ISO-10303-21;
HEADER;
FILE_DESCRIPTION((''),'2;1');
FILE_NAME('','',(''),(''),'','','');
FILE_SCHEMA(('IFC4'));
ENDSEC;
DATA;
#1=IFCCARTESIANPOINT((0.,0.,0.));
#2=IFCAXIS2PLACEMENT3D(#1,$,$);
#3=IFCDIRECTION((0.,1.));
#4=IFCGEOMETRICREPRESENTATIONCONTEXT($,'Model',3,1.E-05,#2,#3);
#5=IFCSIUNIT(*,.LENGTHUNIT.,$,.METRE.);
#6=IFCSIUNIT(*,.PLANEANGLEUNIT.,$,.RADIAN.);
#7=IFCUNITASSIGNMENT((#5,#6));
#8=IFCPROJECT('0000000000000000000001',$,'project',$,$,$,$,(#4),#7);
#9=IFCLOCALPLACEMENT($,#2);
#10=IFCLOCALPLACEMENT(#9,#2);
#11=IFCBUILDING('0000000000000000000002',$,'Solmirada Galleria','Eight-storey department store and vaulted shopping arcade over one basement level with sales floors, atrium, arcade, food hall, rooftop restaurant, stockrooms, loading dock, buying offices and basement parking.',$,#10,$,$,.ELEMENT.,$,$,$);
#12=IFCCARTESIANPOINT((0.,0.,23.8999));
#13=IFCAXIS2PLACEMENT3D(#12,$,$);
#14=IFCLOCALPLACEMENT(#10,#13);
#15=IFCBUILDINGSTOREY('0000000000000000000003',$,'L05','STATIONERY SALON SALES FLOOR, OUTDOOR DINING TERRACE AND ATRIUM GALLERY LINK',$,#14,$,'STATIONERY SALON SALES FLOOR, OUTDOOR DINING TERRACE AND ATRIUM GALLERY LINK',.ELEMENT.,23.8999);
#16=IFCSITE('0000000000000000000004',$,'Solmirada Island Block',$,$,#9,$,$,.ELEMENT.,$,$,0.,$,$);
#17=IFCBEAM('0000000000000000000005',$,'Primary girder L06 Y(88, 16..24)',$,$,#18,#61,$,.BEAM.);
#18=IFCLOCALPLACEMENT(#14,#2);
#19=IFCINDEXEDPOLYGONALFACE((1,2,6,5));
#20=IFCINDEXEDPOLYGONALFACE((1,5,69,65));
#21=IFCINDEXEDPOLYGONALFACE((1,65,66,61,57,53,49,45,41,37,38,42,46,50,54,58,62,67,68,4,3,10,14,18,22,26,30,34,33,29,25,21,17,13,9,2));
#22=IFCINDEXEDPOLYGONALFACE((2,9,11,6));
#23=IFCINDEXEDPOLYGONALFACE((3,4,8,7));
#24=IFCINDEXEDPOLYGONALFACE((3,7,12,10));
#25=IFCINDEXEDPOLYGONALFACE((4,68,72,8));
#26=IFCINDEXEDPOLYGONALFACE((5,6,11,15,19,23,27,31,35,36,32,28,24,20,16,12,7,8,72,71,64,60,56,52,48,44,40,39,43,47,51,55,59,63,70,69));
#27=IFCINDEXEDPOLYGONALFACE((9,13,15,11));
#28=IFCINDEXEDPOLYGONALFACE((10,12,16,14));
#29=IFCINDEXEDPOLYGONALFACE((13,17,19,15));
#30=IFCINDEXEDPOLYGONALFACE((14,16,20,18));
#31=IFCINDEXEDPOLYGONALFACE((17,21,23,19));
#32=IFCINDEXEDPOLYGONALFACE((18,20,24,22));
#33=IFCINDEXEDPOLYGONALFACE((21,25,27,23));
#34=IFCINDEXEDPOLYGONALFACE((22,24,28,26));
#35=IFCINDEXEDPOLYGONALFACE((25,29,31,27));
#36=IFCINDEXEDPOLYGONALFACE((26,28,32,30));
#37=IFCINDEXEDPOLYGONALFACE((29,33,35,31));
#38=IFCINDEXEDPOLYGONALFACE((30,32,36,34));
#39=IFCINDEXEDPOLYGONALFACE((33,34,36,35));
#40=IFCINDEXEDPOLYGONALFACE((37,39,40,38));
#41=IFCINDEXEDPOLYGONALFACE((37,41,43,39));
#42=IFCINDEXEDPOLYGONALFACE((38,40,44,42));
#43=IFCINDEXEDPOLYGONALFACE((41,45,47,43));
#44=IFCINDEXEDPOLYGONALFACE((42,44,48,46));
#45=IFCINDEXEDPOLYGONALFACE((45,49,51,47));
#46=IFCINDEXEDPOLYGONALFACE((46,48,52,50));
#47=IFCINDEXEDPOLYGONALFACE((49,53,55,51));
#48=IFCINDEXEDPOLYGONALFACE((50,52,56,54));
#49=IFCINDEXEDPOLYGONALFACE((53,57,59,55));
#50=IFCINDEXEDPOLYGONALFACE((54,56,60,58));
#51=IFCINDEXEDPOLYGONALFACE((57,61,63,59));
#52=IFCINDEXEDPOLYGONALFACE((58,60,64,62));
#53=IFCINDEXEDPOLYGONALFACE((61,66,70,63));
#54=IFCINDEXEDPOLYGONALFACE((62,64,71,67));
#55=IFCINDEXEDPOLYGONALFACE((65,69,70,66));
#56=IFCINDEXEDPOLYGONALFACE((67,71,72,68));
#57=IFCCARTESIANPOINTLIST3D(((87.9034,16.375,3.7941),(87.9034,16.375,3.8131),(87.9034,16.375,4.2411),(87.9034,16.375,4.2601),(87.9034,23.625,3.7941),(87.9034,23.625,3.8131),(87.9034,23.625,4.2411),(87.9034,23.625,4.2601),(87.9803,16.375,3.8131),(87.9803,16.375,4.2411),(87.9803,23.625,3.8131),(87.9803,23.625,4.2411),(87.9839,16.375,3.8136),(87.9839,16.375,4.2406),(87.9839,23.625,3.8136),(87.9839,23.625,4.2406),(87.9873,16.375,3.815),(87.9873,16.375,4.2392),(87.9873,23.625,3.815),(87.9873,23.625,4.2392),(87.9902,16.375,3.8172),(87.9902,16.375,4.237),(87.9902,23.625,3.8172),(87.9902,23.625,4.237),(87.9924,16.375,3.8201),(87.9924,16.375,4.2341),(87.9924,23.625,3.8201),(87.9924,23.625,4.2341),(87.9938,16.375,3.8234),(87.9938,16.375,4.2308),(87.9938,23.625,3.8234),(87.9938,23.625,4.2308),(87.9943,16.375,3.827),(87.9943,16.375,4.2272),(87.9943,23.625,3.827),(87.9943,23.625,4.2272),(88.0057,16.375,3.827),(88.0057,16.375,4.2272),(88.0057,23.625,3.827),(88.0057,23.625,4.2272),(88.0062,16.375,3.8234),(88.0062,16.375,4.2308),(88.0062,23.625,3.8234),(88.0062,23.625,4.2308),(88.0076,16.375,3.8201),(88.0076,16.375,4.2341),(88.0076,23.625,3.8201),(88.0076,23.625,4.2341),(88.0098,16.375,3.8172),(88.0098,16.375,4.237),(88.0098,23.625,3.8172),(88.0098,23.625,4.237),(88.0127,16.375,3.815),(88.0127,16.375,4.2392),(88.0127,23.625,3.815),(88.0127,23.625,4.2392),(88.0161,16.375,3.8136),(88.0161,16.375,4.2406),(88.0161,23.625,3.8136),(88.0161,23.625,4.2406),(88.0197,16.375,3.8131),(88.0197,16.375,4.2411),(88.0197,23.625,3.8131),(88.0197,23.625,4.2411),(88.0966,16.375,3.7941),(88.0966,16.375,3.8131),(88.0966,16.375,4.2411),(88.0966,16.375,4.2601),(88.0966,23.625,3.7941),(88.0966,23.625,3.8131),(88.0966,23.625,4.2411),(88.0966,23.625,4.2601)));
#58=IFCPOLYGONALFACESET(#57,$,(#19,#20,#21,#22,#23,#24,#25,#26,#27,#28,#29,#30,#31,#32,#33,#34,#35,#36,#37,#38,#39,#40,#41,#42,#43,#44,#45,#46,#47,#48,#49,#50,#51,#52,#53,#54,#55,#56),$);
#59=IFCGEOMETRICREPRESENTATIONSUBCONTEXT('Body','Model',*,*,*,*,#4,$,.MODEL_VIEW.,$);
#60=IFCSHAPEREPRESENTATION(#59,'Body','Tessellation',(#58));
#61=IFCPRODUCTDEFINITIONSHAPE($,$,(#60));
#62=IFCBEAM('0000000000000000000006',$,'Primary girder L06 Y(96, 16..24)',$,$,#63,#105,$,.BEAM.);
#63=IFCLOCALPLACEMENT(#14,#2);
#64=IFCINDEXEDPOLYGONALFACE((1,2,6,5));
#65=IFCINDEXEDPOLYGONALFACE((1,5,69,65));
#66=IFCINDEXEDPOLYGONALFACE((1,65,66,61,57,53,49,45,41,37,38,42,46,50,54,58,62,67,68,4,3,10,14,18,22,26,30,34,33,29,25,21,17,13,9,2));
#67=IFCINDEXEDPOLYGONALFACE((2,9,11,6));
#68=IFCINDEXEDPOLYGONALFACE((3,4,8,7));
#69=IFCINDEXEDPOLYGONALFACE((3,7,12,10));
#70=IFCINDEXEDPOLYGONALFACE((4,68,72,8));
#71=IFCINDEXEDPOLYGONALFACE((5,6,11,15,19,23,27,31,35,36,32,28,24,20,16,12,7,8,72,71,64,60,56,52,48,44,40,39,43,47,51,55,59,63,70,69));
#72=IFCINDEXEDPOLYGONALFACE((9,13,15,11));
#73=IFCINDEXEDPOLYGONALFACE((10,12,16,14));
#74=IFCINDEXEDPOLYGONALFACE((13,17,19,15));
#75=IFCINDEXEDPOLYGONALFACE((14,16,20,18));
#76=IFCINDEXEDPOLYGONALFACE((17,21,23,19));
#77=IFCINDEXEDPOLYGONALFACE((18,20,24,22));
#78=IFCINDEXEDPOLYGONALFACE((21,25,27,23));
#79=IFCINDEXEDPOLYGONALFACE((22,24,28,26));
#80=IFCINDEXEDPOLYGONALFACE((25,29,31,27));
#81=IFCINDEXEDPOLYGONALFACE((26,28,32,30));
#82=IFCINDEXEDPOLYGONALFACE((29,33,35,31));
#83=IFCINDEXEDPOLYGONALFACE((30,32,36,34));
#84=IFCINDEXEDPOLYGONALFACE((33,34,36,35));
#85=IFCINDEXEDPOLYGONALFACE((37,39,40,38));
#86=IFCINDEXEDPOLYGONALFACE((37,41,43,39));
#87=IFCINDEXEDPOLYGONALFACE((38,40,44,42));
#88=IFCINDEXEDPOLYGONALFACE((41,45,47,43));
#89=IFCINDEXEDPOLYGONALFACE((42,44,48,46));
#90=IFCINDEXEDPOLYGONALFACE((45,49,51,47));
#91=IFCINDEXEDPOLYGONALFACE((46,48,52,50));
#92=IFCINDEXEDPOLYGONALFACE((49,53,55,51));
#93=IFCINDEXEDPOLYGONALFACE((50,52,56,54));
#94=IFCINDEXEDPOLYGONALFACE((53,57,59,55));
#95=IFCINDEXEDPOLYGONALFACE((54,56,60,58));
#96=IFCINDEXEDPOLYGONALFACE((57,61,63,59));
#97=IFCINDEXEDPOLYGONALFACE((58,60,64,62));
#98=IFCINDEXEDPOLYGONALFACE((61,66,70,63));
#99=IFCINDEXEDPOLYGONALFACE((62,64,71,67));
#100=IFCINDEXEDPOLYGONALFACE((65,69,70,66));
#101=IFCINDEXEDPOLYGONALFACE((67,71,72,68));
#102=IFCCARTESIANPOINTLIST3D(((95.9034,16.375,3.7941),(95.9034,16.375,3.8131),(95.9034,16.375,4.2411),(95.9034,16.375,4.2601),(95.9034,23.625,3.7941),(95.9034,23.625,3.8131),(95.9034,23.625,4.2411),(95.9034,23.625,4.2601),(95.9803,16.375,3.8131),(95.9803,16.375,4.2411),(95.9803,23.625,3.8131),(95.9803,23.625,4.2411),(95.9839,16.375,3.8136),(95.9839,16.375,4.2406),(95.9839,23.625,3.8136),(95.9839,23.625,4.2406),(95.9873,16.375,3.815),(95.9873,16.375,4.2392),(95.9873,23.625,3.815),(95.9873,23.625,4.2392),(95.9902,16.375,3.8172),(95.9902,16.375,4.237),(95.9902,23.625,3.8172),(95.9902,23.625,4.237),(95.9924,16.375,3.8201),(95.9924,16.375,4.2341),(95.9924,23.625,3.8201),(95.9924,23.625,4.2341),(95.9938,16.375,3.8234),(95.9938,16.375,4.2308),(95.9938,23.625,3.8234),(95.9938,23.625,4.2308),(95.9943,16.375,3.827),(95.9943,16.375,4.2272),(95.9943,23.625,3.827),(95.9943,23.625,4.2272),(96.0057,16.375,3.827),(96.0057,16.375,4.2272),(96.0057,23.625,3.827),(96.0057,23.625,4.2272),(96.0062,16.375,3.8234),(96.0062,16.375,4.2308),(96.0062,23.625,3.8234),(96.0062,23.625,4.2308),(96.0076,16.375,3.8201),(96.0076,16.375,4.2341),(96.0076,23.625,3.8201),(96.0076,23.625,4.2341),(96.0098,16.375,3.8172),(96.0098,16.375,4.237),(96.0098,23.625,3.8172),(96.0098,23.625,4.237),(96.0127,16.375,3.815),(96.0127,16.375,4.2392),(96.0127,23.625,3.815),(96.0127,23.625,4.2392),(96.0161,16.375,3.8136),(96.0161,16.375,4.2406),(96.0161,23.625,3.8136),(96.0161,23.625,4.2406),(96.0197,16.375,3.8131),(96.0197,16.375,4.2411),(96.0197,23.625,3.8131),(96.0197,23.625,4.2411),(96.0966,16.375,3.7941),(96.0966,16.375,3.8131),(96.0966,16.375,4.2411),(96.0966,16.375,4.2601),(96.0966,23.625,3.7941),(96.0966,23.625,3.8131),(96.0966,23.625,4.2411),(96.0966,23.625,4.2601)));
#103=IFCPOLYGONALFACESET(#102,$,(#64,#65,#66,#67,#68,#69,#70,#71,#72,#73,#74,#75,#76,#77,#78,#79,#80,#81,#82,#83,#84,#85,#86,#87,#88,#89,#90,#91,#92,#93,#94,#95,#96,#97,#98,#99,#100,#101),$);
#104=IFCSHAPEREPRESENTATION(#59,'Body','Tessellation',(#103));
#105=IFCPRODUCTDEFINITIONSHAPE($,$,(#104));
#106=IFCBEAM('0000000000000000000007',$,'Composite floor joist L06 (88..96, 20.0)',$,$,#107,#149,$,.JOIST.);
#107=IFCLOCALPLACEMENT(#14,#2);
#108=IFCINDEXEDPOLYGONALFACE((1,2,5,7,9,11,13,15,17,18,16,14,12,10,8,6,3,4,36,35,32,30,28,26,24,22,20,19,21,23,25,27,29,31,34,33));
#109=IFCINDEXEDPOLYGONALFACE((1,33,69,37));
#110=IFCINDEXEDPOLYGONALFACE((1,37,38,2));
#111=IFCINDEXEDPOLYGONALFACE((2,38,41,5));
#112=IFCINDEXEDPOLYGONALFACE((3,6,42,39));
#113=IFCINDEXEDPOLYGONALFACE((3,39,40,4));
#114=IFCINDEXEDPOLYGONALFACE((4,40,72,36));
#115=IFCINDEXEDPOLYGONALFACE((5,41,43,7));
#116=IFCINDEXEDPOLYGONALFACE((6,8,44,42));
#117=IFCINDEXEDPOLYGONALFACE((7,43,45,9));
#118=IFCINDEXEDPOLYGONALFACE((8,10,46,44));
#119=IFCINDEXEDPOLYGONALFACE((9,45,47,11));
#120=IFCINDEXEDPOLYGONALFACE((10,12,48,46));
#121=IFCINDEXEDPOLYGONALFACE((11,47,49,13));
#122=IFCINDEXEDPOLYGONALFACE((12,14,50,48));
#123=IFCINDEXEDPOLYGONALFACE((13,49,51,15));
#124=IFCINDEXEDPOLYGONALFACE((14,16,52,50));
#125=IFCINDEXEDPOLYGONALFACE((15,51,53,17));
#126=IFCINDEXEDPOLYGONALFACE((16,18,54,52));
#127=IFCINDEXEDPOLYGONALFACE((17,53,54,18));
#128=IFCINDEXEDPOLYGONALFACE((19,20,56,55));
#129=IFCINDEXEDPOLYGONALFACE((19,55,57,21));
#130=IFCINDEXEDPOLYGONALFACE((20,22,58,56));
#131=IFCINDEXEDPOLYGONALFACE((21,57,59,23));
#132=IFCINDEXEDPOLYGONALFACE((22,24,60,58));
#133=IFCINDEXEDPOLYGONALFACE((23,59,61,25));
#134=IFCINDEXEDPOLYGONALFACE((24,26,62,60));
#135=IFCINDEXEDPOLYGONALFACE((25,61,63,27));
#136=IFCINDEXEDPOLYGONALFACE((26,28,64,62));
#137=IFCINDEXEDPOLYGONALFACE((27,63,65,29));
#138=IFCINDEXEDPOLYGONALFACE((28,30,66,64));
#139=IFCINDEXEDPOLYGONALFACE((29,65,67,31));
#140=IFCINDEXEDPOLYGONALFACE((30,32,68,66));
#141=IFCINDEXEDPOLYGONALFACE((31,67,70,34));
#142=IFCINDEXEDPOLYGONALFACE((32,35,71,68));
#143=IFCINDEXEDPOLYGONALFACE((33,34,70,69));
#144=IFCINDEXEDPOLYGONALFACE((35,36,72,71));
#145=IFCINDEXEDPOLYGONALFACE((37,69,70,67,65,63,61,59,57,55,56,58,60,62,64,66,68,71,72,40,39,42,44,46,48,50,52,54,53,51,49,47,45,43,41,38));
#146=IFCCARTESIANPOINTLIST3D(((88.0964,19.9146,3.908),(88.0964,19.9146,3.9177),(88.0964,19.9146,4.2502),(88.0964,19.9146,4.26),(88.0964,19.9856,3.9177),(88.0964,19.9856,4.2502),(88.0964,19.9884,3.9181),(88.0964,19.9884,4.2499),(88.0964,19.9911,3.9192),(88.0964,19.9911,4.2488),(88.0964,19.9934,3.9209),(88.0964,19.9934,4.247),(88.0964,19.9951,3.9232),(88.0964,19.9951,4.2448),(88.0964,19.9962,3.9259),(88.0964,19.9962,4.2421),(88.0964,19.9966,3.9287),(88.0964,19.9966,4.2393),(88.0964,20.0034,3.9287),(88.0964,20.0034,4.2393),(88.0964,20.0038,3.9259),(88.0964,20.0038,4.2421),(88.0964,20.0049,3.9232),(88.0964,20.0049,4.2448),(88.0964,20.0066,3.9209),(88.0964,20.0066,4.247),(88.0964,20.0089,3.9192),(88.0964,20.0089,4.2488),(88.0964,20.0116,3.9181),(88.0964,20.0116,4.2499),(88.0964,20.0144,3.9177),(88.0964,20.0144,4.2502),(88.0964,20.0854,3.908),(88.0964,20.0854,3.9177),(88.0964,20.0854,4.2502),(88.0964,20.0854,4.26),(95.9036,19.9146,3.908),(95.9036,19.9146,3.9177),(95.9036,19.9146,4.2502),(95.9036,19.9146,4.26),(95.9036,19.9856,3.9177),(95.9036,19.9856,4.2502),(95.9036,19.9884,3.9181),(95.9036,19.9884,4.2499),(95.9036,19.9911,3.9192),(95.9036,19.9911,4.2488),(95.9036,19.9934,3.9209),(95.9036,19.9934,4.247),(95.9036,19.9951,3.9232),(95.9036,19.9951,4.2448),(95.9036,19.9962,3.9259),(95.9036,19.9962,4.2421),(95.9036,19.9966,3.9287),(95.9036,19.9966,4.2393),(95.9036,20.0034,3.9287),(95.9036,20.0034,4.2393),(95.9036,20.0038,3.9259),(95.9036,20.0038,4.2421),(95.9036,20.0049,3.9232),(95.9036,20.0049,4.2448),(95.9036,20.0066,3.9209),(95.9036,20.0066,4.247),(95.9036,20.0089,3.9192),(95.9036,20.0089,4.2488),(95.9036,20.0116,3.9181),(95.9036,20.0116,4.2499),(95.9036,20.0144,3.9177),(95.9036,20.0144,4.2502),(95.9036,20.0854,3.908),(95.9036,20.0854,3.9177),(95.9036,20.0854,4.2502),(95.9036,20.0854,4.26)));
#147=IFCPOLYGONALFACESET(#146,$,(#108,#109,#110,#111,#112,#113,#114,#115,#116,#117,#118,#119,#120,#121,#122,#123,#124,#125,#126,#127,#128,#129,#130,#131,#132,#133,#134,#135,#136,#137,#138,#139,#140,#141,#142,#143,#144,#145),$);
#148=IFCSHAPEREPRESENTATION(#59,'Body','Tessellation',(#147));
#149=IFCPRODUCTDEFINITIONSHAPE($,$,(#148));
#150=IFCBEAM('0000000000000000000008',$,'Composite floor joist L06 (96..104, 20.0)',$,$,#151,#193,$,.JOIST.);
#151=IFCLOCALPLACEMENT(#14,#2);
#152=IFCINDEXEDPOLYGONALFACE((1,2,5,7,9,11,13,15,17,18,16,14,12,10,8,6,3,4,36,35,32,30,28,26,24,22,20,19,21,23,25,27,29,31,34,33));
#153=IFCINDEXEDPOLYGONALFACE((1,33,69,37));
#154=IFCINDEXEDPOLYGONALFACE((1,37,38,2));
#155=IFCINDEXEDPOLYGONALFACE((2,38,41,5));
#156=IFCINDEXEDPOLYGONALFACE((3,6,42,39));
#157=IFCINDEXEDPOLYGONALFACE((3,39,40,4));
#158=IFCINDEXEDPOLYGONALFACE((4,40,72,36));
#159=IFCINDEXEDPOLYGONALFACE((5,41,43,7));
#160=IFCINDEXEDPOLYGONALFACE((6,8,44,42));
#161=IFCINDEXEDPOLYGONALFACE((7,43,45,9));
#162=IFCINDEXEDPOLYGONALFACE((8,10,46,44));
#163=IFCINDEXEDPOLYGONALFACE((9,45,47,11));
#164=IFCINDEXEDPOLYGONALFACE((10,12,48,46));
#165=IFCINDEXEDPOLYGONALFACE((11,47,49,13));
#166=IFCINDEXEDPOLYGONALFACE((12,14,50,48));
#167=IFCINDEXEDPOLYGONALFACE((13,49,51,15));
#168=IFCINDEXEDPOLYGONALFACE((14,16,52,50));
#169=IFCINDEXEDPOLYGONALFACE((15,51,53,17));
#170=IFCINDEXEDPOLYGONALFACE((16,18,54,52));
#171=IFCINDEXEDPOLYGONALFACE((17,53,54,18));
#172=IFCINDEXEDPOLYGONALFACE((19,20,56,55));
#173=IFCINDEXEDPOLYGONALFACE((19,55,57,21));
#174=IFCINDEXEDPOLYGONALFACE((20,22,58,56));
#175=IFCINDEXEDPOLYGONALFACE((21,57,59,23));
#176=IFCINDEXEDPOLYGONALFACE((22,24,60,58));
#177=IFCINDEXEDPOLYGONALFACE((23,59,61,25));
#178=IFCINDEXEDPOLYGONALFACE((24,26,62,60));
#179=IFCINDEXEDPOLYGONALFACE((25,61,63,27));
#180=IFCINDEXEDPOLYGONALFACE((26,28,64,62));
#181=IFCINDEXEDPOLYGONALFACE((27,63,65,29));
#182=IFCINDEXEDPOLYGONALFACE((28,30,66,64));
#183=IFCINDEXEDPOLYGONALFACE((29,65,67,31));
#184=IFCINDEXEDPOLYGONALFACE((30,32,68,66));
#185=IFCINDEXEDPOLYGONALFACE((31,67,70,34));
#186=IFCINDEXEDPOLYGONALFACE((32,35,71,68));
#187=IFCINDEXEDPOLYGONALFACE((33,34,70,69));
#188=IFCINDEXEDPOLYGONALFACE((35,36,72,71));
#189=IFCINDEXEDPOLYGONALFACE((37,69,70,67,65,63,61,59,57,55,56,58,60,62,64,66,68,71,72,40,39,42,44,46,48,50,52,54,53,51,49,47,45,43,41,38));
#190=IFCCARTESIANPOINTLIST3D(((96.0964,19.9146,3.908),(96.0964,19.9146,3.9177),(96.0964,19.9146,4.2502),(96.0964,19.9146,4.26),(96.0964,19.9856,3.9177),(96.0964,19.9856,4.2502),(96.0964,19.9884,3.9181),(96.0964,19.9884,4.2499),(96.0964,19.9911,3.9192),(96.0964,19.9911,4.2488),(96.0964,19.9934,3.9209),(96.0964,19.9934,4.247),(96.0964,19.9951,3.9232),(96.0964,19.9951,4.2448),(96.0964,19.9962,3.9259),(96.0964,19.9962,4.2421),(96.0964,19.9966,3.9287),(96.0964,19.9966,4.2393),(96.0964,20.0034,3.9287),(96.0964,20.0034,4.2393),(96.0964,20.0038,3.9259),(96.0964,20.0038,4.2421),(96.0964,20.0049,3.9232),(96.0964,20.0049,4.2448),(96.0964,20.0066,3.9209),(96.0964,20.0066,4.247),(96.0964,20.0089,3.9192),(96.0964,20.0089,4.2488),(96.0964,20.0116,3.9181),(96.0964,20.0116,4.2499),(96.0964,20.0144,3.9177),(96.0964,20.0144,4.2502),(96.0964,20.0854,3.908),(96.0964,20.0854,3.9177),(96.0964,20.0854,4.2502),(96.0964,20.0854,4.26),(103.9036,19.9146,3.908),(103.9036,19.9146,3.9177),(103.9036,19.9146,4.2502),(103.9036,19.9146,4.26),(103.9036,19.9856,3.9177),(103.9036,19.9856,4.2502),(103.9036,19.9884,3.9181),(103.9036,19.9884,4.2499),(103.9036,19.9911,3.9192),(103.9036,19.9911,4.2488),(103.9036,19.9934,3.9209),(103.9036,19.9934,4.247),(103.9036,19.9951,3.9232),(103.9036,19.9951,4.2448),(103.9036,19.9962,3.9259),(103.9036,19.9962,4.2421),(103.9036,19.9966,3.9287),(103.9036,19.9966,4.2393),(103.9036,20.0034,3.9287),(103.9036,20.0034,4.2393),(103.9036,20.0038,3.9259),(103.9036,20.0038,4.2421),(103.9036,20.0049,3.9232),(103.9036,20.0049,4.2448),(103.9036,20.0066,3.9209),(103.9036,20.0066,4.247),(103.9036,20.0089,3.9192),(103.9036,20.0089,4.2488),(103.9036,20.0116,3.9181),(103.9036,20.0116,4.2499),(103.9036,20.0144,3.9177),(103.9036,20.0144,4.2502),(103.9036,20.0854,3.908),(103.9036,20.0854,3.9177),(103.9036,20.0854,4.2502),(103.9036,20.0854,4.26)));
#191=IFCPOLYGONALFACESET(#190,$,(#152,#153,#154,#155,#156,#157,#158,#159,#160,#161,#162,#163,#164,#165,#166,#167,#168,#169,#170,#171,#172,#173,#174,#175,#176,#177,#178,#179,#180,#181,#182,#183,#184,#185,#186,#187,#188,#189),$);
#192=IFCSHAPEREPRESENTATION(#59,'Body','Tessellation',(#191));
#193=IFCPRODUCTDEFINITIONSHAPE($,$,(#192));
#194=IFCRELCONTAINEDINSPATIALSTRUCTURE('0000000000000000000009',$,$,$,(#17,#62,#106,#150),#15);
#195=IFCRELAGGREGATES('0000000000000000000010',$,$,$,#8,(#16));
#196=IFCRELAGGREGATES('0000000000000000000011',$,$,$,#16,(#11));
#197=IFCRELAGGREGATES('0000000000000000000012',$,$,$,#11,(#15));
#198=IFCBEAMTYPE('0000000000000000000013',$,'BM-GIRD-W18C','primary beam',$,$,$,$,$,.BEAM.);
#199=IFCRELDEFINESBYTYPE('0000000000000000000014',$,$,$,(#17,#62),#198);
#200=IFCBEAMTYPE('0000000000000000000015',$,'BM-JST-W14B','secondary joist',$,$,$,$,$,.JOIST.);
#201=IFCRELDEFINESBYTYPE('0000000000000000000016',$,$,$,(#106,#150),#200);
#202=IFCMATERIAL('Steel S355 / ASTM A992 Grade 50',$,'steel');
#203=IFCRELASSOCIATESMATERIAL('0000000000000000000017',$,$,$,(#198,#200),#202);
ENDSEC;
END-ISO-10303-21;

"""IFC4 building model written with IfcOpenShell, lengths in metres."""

from ifc_helpers import new_model, si_unit, direction, frame, origin, origin_2d, place, context, subcontext, project, spatial, i_section, extrude, material, material_profile, profile_set, type_object, element, save


model = new_model("IFC4")

# Units and contexts
model_context = context("Model", 3, precision=1e-05, world=origin(), true_north=direction((0.0, 1.0)))
body_context = subcontext(model_context, "Body", "Model", "MODEL_VIEW")
ifc_project = project(units=[si_unit("LENGTHUNIT", "METRE"), si_unit("PLANEANGLEUNIT", "RADIAN")], contexts=[model_context])

# Site, building, storey
site_placement = place(None, origin())
site = spatial("IfcSite", under=ifc_project, at=site_placement, Name="Solmirada Island Block", CompositionType="ELEMENT", RefElevation=0.0)
building_placement = place(site_placement, origin())
building = spatial("IfcBuilding", under=site, at=building_placement, Name="Solmirada Galleria", Description="Eight-storey department store and vaulted shopping arcade over one basement level with sales floors, atrium, arcade, food hall, rooftop restaurant, stockrooms, loading dock, buying offices and basement parking.", CompositionType="ELEMENT")
storey_placement = place(building_placement, frame((0.0, 0.0, 23.8999)))
storey = spatial("IfcBuildingStorey", under=building, at=storey_placement, Name="L05", Description="STATIONERY SALON SALES FLOOR, OUTDOOR DINING TERRACE AND ATRIUM GALLERY LINK", LongName="STATIONERY SALON SALES FLOOR, OUTDOOR DINING TERRACE AND ATRIUM GALLERY LINK", CompositionType="ELEMENT", Elevation=23.8999)

# Beams
ifc_material_1 = material(Name="Steel S355 / ASTM A992 Grade 50", Category="steel")
ifc_material_profile_1 = material_profile(ifc_material_1, i_section(OverallWidth=0.1931, OverallDepth=0.4661, WebThickness=0.0115, FlangeThickness=0.019, FilletRadius=0.0139, at=origin_2d()), Name="W18X65")
ifc_profile_set_1 = profile_set([ifc_material_profile_1], Name="Steel S355 / ASTM A992 Grade 50")
beam_type_1 = type_object("IfcBeamType", Name="BM-GIRD-W18C", Description="primary beam", PredefinedType="BEAM", material=ifc_profile_set_1)
for number, where, z_axis, x_axis, name in (
    (1, (88.0, 16.375, 4.0271), (0.0, 1.0, 0.0), (-1.0, 0.0, 0.0), "Primary girder L06 Y(88, 16..24)"),
    (2, (96.0, 16.375, 4.0271), (0.0, 1.0, 0.0), (-1.0, 0.0, 0.0), "Primary girder L06 Y(96, 16..24)"),
):
    element("IfcBeam", number, at=place(storey_placement, frame(where, z_axis=z_axis, x_axis=x_axis)), inside=storey, type_object=beam_type_1, Name=name, PredefinedType="BEAM", context=body_context, shape_type="SweptSolid", body=[
        extrude(i_section(OverallWidth=0.1931, OverallDepth=0.4661, WebThickness=0.0115, FlangeThickness=0.019, FilletRadius=0.0139, at=origin_2d()), origin(), (0.0, 0.0, 1.0), 7.25),
    ])
ifc_material_profile_2 = material_profile(ifc_material_1, i_section(OverallWidth=0.1709, OverallDepth=0.3521, WebThickness=0.0068, FlangeThickness=0.0098, FilletRadius=0.011, at=origin_2d()), Name="W14X30")
ifc_profile_set_2 = profile_set([ifc_material_profile_2], Name="Steel S355 / ASTM A992 Grade 50")
beam_type_2 = type_object("IfcBeamType", Name="BM-JST-W14B", Description="secondary joist", PredefinedType="JOIST", material=ifc_profile_set_2)
for number, where, z_axis, x_axis, name in (
    (3, (88.0964, 20.0, 4.084), (1.0, 0.0, 0.0), (0.0, 1.0, 0.0), "Composite floor joist L06 (88..96, 20.0)"),
    (4, (96.0964, 20.0, 4.084), (1.0, 0.0, 0.0), (0.0, 1.0, 0.0), "Composite floor joist L06 (96..104, 20.0)"),
):
    element("IfcBeam", number, at=place(storey_placement, frame(where, z_axis=z_axis, x_axis=x_axis)), inside=storey, type_object=beam_type_2, Name=name, PredefinedType="JOIST", context=body_context, shape_type="SweptSolid", body=[
        extrude(i_section(OverallWidth=0.1709, OverallDepth=0.3521, WebThickness=0.0068, FlangeThickness=0.0098, FilletRadius=0.011, at=origin_2d()), origin(), (0.0, 0.0, 1.0), 7.8071),
    ])

save(model, "model.ifc")
